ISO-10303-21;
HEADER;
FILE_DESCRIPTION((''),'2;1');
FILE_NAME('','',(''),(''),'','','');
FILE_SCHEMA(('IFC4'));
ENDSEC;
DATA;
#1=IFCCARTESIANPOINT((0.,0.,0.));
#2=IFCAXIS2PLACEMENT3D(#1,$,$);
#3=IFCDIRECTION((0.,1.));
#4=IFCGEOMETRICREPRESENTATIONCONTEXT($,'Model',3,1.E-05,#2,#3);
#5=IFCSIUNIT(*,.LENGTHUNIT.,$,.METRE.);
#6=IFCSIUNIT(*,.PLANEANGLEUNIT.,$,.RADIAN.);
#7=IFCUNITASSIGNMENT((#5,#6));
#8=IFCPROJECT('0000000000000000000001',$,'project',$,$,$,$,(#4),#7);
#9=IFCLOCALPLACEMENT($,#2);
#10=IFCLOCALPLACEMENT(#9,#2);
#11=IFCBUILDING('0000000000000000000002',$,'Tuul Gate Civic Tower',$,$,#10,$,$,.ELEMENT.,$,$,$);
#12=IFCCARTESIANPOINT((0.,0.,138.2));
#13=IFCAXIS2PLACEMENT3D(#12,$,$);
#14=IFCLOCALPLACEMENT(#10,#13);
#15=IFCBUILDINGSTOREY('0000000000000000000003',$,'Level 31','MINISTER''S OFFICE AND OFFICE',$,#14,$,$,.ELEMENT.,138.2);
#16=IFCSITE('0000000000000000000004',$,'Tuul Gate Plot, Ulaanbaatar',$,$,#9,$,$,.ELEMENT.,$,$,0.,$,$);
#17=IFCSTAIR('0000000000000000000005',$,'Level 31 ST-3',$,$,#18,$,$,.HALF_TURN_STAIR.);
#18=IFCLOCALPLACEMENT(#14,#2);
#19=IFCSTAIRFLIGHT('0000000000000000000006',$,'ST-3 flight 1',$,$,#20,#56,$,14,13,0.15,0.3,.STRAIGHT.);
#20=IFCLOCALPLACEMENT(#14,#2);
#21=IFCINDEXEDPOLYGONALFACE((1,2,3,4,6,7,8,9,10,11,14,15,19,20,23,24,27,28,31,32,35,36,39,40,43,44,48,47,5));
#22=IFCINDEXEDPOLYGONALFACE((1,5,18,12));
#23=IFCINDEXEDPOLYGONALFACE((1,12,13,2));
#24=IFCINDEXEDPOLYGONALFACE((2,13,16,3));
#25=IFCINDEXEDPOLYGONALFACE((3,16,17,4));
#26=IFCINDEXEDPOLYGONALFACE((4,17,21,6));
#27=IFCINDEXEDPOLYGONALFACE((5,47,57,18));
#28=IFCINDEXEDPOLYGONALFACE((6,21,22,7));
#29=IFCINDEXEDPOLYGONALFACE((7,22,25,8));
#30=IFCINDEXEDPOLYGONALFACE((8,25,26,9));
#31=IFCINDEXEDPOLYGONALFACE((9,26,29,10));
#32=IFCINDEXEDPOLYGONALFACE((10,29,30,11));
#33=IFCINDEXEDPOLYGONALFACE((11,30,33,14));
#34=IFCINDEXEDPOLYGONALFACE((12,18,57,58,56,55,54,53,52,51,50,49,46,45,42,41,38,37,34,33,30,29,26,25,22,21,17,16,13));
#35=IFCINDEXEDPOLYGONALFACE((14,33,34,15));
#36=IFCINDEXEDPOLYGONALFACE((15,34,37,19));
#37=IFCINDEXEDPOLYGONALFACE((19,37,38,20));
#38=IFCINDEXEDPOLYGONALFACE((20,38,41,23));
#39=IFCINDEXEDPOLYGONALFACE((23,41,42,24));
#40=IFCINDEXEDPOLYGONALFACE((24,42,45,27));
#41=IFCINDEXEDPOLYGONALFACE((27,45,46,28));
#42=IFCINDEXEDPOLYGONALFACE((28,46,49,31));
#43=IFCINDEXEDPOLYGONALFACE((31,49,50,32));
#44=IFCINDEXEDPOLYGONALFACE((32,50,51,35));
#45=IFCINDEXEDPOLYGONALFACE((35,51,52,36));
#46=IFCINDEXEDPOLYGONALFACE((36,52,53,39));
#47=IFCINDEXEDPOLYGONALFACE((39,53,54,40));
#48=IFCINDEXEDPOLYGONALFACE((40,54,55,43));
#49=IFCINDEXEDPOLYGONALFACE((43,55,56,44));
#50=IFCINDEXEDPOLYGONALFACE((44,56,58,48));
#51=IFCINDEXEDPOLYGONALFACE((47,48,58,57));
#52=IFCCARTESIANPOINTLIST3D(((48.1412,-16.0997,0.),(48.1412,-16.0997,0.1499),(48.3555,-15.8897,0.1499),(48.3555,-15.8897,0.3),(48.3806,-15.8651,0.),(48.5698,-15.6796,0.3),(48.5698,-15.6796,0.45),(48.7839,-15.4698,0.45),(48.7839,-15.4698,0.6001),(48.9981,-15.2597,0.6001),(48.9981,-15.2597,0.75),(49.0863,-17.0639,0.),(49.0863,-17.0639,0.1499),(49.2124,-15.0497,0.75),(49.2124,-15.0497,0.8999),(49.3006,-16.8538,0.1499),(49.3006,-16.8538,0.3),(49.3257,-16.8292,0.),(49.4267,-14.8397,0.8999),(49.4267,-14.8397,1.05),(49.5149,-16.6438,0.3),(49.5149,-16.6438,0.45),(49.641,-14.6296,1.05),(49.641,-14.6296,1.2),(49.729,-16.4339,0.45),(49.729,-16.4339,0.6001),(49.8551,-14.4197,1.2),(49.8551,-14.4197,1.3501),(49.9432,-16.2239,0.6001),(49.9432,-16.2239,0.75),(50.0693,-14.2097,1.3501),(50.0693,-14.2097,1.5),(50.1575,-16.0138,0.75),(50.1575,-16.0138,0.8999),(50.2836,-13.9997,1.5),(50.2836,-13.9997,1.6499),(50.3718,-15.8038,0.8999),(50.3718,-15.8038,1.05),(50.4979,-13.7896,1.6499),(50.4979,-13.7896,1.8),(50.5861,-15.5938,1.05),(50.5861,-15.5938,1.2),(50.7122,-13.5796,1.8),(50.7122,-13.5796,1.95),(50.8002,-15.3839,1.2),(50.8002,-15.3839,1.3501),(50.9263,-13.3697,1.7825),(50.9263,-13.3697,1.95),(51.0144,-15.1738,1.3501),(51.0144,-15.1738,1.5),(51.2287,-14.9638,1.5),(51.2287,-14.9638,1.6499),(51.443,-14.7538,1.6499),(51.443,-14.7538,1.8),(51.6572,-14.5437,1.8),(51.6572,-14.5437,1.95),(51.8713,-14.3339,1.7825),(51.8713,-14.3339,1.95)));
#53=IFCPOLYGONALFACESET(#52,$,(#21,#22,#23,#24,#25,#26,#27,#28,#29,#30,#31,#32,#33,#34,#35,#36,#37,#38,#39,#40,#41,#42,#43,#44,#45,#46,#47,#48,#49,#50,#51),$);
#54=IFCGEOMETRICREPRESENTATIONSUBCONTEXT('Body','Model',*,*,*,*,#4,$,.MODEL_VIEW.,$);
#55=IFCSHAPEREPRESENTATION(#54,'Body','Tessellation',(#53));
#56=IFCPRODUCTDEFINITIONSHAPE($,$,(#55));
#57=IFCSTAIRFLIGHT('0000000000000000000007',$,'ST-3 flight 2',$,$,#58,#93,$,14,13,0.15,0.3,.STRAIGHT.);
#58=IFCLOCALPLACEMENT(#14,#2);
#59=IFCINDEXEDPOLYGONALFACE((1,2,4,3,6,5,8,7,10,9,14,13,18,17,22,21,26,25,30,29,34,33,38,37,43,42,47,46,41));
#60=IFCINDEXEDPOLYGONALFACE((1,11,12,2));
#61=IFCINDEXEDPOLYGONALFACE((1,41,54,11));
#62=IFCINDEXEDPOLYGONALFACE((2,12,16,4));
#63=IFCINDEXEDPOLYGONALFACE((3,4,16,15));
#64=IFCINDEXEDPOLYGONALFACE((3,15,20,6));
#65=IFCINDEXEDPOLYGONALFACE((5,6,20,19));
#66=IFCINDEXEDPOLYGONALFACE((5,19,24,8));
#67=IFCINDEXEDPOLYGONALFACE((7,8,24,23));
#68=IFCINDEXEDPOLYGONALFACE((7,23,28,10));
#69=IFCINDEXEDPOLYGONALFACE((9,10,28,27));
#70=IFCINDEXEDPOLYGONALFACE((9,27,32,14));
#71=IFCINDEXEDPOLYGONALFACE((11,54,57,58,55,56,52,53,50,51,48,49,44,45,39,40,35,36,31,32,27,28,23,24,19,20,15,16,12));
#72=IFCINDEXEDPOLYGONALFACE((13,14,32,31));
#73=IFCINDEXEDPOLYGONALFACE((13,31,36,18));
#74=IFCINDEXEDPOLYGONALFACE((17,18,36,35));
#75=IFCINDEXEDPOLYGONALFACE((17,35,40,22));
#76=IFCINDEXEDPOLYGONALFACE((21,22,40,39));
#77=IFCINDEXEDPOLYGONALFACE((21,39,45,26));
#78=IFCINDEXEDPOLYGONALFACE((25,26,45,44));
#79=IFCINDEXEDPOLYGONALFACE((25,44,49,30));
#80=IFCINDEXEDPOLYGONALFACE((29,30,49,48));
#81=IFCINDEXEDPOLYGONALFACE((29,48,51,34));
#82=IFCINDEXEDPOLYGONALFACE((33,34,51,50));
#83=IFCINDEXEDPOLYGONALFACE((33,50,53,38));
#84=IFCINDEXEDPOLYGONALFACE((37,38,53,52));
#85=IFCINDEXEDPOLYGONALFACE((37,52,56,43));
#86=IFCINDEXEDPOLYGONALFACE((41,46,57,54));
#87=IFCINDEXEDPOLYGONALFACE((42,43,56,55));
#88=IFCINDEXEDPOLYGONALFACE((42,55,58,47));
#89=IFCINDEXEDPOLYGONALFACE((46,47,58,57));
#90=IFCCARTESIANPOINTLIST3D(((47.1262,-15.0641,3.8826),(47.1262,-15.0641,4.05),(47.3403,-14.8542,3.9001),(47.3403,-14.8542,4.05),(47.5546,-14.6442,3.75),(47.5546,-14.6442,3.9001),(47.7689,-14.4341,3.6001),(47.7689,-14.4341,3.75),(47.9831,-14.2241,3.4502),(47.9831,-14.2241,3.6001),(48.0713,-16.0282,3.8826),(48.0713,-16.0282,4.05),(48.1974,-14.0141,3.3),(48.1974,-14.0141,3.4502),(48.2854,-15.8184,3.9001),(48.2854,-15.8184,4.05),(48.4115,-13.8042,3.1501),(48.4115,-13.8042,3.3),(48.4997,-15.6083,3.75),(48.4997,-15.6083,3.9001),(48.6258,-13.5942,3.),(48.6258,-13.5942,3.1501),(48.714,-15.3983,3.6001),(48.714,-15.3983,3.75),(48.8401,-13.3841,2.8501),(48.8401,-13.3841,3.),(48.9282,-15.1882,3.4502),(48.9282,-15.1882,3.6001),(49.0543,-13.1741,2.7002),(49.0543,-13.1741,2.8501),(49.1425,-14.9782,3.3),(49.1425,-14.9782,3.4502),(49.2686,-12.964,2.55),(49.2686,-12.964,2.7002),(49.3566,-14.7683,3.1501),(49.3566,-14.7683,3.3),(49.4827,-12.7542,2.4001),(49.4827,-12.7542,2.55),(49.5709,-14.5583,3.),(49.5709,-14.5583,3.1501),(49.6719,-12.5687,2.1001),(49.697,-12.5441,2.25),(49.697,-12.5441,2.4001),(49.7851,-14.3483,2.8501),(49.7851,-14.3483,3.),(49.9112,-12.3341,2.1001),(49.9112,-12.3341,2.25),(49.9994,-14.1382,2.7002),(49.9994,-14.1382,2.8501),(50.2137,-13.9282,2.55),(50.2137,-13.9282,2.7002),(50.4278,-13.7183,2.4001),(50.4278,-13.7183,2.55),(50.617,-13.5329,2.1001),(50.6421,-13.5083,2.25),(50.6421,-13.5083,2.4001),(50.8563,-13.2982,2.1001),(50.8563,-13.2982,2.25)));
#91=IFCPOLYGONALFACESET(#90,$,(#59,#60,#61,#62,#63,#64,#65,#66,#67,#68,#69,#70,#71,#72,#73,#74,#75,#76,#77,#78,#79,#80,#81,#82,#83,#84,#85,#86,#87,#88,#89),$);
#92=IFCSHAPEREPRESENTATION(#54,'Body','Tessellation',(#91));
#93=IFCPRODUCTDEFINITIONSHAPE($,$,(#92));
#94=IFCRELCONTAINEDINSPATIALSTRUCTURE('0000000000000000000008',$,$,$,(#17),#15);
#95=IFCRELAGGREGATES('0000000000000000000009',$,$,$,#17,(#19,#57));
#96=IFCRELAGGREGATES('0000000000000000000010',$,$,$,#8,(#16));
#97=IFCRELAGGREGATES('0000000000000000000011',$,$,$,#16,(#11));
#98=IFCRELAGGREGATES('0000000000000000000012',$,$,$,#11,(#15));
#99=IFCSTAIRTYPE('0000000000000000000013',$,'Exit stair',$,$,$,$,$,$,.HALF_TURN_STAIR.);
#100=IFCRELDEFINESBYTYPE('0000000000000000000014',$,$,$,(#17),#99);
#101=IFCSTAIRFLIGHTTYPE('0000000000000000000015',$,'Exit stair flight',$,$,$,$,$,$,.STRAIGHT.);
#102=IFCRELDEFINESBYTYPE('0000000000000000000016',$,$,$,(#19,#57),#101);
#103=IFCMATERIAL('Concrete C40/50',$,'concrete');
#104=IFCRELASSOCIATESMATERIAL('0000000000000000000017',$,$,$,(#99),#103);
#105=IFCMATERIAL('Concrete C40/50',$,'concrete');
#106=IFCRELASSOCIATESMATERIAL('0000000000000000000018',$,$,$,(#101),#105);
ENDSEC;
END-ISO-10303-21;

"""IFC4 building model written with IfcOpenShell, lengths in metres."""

from ifc_helpers import new_model, si_unit, direction, frame, origin, place, context, subcontext, project, spatial, polyline, outline, extrude, material, type_object, element, aggregate, save


model = new_model("IFC4")

# Units and contexts
model_context = context("Model", 3, precision=1e-05, world=origin(), true_north=direction((0.0, 1.0)))
body_context = subcontext(model_context, "Body", "Model", "MODEL_VIEW")
ifc_project = project(units=[si_unit("LENGTHUNIT", "METRE"), si_unit("PLANEANGLEUNIT", "RADIAN")], contexts=[model_context])

# Site, building, storey
site_placement = place(None, origin())
site = spatial("IfcSite", under=ifc_project, at=site_placement, Name="Tuul Gate Plot, Ulaanbaatar", CompositionType="ELEMENT", RefElevation=0.0)
building_placement = place(site_placement, origin())
building = spatial("IfcBuilding", under=site, at=building_placement, Name="Tuul Gate Civic Tower", CompositionType="ELEMENT")
storey_placement = place(building_placement, frame((0.0, 0.0, 138.2)))
storey = spatial("IfcBuildingStorey", under=building, at=storey_placement, Name="Level 31", Description="MINISTER'S OFFICE AND OFFICE", CompositionType="ELEMENT", Elevation=138.2)

# Stair, stair flights
ifc_material_1 = material(Name="Concrete C40/50", Category="concrete")
stair_type = type_object("IfcStairType", Name="Exit stair", PredefinedType="HALF_TURN_STAIR", material=ifc_material_1)
stair_placement = place(storey_placement, origin())
stair = element("IfcStair", 1, at=stair_placement, inside=storey, type_object=stair_type, Name="Level 31 ST-3", PredefinedType="HALF_TURN_STAIR")
ifc_material_2 = material(Name="Concrete C40/50", Category="concrete")
stair_flight_type = type_object("IfcStairFlightType", Name="Exit stair flight", PredefinedType="STRAIGHT", material=ifc_material_2)
stair_flight_1_placement = place(storey_placement, frame((48.6138, -16.5818, 0.0), z_axis=(0.0, 0.0, 1.0), x_axis=(0.714127, 0.700016, 0.0)))
stair_flight_1 = element("IfcStairFlight", 2, at=stair_flight_1_placement, type_object=stair_flight_type, Name="ST-3 flight 1", NumberOfRisers=14, NumberOfTreads=13, PredefinedType="STRAIGHT", RiserHeight=0.15, TreadLength=0.3, context=body_context, shape_type="SweptSolid", body=[
    extrude(outline(polyline([(0.0, 0.0), (0.0, 0.1499), (0.3, 0.1499), (0.3, 0.3), (0.6001, 0.3), (0.6001, 0.45), (0.8999, 0.45), (0.8999, 0.6001), (1.2, 0.6001), (1.2, 0.75), (1.5, 0.75), (1.5, 0.8999), (1.8, 0.8999), (1.8, 1.05), (2.1001, 1.05), (2.1001, 1.2), (2.3999, 1.2), (2.3999, 1.3501), (2.7, 1.3501), (2.7, 1.5), (3.0, 1.5), (3.0, 1.6499), (3.3, 1.6499), (3.3, 1.8), (3.6001, 1.8), (3.6001, 1.95), (3.8999, 1.95), (3.8999, 2.1001), (3.8999, 1.7825), (0.3352, 0.0), (0.0, 0.0)])), frame((0.0, 0.675, 0.0), z_axis=(0.0, -1.0, 0.0), x_axis=(1.0, 0.0, 0.0)), (0.0, 0.0, 1.0), 1.3501),
])
stair_flight_2_placement = place(storey_placement, frame((50.3838, -12.8162, 2.1001), z_axis=(0.0, 0.0, 1.0), x_axis=(-0.714127, -0.700016, 0.0)))
stair_flight_2 = element("IfcStairFlight", 3, at=stair_flight_2_placement, type_object=stair_flight_type, Name="ST-3 flight 2", NumberOfRisers=14, NumberOfTreads=13, PredefinedType="STRAIGHT", RiserHeight=0.15, TreadLength=0.3, context=body_context, shape_type="SweptSolid", body=[
    extrude(outline(polyline([(0.0, 0.0), (0.0, 0.1499), (0.3, 0.1499), (0.3, 0.3), (0.6001, 0.3), (0.6001, 0.45), (0.8999, 0.45), (0.8999, 0.6001), (1.2, 0.6001), (1.2, 0.75), (1.5, 0.75), (1.5, 0.8999), (1.8, 0.8999), (1.8, 1.05), (2.1001, 1.05), (2.1001, 1.2), (2.3999, 1.2), (2.3999, 1.3501), (2.7, 1.3501), (2.7, 1.5), (3.0, 1.5), (3.0, 1.6499), (3.3, 1.6499), (3.3, 1.8), (3.6001, 1.8), (3.6001, 1.95), (3.8999, 1.95), (3.8999, 2.1001), (3.8999, 1.7825), (0.3352, 0.0), (0.0, 0.0)])), frame((0.0, 0.675, 0.0), z_axis=(0.0, -1.0, 0.0), x_axis=(1.0, 0.0, 0.0)), (0.0, 0.0, 1.0), 1.3501),
])
aggregate(stair, [stair_flight_1, stair_flight_2])

save(model, "model.ifc")
